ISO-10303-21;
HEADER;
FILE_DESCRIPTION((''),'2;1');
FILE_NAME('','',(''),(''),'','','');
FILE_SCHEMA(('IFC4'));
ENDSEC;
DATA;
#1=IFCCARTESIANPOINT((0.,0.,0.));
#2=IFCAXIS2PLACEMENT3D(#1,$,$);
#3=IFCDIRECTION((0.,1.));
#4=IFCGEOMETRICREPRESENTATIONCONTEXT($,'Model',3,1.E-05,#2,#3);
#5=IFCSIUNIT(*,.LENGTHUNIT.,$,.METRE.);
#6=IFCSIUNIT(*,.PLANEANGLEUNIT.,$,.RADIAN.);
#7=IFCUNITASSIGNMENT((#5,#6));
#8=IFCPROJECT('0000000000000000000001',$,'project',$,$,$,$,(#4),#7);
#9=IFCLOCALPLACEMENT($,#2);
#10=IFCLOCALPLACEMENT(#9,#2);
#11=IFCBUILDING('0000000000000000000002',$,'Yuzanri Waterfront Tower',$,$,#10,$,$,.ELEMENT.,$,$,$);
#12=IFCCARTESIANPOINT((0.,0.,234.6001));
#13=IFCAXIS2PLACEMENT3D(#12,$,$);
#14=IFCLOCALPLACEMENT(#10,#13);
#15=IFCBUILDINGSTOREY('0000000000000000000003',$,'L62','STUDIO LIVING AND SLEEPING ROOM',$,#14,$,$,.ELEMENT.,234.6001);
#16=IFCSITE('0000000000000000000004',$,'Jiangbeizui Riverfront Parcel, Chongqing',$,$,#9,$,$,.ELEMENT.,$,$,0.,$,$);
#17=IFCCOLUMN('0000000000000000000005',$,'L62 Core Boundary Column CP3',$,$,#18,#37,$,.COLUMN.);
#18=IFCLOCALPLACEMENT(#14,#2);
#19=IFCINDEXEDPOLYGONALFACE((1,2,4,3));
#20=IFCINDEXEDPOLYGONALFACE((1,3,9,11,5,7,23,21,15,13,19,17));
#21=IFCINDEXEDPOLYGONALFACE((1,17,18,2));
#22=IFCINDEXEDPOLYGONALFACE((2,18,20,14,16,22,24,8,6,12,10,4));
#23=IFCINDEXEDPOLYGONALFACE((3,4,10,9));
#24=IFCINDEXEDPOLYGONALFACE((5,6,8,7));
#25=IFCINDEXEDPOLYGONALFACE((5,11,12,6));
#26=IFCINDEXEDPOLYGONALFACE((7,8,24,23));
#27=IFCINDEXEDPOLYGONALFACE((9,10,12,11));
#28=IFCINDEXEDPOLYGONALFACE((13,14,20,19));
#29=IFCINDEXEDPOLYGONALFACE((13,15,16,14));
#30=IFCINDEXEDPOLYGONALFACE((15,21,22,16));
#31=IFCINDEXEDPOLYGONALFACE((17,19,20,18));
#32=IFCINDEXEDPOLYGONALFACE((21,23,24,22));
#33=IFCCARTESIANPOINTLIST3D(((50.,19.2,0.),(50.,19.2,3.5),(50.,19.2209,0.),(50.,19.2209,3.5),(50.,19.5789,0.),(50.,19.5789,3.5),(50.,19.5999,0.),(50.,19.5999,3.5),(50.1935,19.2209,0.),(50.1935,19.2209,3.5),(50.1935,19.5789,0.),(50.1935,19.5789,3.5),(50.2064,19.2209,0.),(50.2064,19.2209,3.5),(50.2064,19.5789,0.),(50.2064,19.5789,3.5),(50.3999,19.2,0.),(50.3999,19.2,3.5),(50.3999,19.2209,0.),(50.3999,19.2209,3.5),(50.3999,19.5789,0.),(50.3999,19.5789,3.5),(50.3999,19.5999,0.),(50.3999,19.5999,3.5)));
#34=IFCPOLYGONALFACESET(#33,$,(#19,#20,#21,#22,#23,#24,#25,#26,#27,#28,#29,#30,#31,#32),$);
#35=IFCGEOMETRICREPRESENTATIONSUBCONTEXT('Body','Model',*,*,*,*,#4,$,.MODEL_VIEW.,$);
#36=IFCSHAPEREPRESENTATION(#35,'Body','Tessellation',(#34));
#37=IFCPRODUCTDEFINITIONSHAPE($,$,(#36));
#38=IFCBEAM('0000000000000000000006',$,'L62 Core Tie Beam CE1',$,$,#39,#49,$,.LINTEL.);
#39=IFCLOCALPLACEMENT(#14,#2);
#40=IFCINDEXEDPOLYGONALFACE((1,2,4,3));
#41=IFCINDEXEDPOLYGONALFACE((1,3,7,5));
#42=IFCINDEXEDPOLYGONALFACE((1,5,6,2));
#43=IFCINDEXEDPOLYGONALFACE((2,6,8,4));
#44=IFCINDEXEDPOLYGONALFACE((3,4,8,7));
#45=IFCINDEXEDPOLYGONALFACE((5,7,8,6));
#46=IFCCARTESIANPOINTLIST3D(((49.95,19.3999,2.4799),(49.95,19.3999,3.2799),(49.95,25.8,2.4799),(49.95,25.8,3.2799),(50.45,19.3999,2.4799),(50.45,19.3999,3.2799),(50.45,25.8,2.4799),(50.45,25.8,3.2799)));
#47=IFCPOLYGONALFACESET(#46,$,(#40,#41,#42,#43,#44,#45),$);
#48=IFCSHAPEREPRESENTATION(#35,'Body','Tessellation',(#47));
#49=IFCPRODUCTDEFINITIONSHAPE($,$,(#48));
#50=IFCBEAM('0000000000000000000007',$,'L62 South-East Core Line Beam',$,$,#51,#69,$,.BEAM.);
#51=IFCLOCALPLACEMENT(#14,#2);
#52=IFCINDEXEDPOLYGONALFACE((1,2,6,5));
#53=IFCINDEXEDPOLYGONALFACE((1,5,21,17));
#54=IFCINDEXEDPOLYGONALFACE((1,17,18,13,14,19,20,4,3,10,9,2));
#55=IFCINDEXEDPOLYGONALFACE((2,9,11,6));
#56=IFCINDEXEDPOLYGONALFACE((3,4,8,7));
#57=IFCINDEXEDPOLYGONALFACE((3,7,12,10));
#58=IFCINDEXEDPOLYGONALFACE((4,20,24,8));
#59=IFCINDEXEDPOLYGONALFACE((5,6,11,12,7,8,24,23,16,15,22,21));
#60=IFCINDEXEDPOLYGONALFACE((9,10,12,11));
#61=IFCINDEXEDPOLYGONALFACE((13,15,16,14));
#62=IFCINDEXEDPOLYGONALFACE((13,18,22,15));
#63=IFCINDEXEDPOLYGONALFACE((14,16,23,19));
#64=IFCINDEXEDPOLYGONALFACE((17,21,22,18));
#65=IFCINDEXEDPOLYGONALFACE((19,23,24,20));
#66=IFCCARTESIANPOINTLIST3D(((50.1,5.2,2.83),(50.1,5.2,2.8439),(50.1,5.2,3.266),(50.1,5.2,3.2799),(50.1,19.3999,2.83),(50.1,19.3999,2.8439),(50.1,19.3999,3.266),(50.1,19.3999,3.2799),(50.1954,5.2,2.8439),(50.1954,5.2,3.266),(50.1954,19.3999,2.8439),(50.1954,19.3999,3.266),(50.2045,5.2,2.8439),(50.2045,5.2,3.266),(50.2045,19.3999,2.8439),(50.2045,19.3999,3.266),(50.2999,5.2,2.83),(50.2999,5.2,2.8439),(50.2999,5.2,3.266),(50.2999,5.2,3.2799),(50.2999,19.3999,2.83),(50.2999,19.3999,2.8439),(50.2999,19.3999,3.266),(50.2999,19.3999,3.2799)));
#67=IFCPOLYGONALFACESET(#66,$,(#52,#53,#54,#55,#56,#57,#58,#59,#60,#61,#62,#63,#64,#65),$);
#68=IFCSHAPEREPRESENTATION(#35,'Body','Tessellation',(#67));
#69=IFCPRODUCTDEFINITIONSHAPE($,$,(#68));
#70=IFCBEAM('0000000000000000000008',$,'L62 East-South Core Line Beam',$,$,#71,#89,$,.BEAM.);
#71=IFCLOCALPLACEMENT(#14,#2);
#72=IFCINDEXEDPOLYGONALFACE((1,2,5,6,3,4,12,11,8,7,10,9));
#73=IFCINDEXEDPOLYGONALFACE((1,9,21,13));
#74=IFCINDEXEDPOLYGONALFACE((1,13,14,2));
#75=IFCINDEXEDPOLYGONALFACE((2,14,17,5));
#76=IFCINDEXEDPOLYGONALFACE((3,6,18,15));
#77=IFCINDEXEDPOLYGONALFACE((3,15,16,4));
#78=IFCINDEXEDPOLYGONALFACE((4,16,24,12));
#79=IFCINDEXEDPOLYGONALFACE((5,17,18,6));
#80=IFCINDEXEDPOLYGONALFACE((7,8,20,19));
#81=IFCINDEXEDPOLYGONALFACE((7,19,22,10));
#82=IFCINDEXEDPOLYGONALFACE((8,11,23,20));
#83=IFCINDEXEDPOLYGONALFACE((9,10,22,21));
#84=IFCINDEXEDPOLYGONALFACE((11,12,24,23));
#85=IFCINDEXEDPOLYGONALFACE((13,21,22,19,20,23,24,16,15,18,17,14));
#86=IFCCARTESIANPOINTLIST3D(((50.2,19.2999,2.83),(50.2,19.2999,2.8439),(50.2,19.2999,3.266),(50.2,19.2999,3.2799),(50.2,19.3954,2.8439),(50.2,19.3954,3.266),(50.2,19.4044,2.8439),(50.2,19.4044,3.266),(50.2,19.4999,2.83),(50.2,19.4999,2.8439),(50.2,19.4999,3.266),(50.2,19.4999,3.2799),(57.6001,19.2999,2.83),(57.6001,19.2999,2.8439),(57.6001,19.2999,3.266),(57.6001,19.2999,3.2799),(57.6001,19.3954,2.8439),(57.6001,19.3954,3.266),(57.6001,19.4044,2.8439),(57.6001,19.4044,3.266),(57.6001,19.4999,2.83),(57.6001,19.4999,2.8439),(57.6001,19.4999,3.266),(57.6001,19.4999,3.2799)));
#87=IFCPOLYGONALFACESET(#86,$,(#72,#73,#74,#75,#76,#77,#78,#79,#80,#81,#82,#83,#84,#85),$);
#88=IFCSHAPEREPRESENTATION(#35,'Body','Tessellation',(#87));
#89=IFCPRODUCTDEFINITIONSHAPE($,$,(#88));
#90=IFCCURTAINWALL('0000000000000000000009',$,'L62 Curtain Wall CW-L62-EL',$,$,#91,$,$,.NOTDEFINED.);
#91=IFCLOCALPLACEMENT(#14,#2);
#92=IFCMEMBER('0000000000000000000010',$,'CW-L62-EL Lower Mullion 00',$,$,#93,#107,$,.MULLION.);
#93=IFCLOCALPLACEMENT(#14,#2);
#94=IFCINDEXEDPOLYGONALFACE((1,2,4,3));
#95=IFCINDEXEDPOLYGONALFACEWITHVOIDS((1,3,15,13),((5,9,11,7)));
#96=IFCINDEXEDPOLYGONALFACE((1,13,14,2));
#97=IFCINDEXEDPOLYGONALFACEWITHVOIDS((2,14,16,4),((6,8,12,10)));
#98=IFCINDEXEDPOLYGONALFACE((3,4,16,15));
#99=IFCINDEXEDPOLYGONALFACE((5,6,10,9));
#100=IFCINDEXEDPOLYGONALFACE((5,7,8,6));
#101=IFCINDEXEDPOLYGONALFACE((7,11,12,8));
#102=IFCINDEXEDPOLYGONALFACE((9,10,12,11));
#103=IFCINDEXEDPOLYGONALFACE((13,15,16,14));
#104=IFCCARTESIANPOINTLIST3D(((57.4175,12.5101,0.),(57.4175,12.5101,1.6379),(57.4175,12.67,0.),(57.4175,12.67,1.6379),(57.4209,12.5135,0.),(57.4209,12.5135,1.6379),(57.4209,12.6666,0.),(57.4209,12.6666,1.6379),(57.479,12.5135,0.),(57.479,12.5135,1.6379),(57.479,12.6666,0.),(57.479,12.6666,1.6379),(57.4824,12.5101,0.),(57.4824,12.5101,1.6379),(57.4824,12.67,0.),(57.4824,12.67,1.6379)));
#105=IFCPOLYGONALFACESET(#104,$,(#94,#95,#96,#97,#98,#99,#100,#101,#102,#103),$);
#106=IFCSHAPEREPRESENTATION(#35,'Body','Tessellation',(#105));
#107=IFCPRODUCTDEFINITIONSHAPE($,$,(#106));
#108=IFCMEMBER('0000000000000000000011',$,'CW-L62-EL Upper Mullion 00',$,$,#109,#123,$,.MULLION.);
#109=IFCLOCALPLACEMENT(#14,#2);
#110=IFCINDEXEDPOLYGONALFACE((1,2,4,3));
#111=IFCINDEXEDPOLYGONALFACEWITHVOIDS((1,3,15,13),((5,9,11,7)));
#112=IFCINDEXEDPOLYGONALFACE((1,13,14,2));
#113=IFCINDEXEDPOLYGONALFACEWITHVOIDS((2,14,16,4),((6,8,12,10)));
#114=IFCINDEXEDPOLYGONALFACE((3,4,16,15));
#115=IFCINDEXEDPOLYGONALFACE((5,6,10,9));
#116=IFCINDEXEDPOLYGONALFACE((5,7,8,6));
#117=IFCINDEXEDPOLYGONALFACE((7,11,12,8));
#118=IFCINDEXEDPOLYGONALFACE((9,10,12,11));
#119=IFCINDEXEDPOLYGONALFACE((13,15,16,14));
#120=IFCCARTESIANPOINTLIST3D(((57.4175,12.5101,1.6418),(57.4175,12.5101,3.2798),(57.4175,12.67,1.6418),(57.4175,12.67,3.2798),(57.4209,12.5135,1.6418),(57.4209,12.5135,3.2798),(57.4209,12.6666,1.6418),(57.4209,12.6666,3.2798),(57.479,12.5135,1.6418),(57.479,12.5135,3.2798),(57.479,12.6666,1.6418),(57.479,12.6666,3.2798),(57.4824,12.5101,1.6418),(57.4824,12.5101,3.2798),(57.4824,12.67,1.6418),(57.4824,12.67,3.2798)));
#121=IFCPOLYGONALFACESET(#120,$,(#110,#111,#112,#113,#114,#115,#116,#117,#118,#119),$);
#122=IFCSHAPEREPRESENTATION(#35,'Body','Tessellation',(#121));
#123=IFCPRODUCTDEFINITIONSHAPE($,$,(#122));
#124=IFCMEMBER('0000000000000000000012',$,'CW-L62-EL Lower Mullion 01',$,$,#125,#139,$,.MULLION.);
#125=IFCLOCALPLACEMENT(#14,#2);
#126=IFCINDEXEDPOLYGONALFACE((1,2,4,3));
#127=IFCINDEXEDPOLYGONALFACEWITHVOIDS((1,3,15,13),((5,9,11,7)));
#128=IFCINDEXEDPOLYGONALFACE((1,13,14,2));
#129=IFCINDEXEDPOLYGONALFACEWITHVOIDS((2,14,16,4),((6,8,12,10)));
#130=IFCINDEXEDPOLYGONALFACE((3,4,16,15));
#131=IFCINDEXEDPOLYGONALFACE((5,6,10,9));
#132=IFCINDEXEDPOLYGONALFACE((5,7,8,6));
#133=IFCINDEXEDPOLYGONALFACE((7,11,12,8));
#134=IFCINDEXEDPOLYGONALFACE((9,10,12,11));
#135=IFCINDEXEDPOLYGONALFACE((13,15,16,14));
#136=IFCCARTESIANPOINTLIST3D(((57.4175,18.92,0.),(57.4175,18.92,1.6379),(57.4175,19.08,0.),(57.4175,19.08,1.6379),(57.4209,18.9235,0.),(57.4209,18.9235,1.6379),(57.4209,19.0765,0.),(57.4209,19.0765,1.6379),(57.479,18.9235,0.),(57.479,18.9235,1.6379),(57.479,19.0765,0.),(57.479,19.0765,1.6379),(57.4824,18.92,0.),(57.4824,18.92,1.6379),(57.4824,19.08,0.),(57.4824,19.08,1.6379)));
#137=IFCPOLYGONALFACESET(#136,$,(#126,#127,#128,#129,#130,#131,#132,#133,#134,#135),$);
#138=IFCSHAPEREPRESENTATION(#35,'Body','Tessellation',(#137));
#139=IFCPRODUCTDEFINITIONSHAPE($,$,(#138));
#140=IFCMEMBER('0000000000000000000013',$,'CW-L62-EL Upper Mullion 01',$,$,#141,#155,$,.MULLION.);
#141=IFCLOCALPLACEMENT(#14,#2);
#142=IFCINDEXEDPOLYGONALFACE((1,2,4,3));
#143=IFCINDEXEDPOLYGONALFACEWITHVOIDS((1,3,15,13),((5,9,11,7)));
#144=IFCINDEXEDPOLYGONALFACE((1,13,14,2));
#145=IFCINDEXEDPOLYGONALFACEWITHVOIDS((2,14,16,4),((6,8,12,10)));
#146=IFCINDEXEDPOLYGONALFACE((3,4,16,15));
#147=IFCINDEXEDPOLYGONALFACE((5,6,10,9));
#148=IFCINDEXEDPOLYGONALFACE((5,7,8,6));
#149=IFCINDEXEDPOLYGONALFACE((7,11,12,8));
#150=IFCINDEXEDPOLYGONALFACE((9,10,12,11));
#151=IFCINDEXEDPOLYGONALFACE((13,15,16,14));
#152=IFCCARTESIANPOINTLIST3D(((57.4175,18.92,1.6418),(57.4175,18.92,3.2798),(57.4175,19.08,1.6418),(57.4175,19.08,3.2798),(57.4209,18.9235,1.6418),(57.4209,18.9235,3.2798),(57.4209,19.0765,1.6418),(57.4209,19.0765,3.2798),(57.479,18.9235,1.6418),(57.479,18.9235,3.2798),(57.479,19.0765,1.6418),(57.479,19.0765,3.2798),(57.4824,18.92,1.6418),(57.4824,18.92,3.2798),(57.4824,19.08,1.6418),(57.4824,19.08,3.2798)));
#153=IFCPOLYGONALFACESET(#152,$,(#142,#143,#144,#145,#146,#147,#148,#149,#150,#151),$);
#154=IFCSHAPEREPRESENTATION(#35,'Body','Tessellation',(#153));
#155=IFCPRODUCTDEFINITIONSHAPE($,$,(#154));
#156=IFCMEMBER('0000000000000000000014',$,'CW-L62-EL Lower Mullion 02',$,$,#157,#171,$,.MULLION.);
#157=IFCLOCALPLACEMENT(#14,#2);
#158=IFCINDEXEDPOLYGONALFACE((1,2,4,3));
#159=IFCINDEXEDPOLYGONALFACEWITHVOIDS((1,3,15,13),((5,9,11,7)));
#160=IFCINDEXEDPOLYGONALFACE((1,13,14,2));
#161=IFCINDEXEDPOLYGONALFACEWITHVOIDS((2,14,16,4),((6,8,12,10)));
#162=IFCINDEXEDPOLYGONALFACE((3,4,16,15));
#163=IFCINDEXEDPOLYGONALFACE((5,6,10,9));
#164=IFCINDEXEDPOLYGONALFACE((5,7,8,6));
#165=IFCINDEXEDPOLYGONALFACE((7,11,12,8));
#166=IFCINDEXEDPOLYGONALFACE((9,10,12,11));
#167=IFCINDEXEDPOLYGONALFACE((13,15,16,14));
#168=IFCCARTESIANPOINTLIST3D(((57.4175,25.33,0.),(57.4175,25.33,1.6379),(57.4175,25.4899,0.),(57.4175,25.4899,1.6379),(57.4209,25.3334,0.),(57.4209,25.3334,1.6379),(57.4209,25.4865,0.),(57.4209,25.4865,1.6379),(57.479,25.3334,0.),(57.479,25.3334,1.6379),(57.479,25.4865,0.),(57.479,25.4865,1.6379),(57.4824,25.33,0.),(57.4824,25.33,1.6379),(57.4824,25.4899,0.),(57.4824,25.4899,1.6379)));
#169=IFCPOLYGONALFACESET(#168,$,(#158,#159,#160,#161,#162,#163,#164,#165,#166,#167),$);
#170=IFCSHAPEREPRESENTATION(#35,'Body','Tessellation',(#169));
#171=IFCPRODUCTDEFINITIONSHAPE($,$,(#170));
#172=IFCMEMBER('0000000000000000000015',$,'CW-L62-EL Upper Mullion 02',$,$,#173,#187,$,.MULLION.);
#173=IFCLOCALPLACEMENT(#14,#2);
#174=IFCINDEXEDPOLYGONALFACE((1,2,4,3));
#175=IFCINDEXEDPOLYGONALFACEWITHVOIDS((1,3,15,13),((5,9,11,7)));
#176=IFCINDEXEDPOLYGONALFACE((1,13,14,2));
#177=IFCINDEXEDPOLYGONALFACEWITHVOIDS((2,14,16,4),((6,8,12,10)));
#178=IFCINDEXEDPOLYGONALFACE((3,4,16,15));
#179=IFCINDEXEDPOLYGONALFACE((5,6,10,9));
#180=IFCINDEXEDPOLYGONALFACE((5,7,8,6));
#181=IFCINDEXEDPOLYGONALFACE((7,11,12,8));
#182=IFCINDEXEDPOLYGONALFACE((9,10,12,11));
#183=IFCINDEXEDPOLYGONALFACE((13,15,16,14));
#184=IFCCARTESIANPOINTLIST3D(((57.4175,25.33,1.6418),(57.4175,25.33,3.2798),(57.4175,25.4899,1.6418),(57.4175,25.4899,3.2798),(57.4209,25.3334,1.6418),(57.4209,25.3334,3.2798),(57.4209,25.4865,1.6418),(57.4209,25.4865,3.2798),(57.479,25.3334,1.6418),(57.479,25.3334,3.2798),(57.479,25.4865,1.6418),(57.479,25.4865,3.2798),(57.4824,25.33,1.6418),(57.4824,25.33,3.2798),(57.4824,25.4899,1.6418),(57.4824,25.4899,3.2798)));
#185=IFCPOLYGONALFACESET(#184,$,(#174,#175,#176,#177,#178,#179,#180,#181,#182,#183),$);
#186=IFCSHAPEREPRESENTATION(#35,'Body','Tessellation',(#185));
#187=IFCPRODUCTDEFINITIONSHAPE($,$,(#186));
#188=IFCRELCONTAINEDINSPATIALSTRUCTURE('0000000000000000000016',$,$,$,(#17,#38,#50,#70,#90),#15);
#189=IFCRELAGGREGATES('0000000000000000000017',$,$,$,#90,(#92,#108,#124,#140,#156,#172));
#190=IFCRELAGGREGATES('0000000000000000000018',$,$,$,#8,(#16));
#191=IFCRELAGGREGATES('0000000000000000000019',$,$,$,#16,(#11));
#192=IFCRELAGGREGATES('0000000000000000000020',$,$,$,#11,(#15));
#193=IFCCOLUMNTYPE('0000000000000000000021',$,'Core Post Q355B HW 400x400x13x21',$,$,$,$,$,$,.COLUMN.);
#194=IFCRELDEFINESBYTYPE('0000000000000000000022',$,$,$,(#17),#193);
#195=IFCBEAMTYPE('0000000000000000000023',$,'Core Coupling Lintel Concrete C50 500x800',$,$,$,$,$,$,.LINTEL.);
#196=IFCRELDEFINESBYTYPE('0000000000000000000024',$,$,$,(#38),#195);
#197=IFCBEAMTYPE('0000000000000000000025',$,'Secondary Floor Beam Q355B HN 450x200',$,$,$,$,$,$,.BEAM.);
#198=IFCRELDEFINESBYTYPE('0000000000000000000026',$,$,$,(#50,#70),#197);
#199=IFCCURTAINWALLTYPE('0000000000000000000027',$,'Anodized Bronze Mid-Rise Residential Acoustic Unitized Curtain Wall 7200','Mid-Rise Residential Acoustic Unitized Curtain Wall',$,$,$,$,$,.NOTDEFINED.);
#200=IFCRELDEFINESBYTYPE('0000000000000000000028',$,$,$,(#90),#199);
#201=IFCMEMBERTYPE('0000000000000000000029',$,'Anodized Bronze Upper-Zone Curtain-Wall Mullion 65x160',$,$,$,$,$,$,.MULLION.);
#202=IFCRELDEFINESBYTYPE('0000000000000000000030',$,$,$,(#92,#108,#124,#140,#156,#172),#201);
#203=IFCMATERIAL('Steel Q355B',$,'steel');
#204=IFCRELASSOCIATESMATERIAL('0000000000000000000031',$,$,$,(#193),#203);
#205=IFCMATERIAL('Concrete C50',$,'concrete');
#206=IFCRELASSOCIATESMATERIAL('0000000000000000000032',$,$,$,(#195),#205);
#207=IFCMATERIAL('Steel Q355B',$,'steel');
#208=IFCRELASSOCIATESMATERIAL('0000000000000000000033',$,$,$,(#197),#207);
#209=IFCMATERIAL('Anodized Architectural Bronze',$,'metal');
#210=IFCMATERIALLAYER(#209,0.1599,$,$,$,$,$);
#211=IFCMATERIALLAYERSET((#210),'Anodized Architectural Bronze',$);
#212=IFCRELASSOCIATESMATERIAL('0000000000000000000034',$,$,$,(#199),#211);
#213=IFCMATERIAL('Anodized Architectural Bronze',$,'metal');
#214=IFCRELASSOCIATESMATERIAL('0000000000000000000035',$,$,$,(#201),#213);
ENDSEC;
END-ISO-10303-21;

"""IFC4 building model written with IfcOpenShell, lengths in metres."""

from ifc_helpers import new_model, si_unit, direction, frame, origin, origin_2d, place, context, subcontext, project, spatial, rectangle, hollow_rectangle, i_section, extrude, source, transform, mapped, material, layer, layer_set, material_profile, profile_set, type_object, element, aggregate, save


model = new_model("IFC4")

# Units and contexts
model_context = context("Model", 3, precision=1e-05, world=origin(), true_north=direction((0.0, 1.0)))
body_context = subcontext(model_context, "Body", "Model", "MODEL_VIEW")
ifc_project = project(units=[si_unit("LENGTHUNIT", "METRE"), si_unit("PLANEANGLEUNIT", "RADIAN")], contexts=[model_context])

# Site, building, storey
site_placement = place(None, origin())
site = spatial("IfcSite", under=ifc_project, at=site_placement, Name="Jiangbeizui Riverfront Parcel, Chongqing", CompositionType="ELEMENT", RefElevation=0.0)
building_placement = place(site_placement, origin())
building = spatial("IfcBuilding", under=site, at=building_placement, Name="Yuzanri Waterfront Tower", CompositionType="ELEMENT")
storey_placement = place(building_placement, frame((0.0, 0.0, 234.6001)))
storey = spatial("IfcBuildingStorey", under=building, at=storey_placement, Name="L62", Description="STUDIO LIVING AND SLEEPING ROOM", CompositionType="ELEMENT", Elevation=234.6001)

# Column
ifc_material_1 = material(Name="Steel Q355B", Category="steel")
ifc_material_profile_1 = material_profile(ifc_material_1, i_section(OverallWidth=0.3999, OverallDepth=0.3999, WebThickness=0.0129, FlangeThickness=0.021, at=origin_2d()), Name="HW 400x400x13x21")
ifc_profile_set_1 = profile_set([ifc_material_profile_1], Name="Steel Q355B")
column_type = type_object("IfcColumnType", Name="Core Post Q355B HW 400x400x13x21", PredefinedType="COLUMN", material=ifc_profile_set_1)
shared_shape_1 = source(origin(), body_context, "Body", "SweptSolid", [
    extrude(i_section(OverallWidth=0.3999, OverallDepth=0.3999, WebThickness=0.0129, FlangeThickness=0.021, at=origin_2d()), origin(), (0.0, 0.0, 1.0), 3.5),
])
column_placement = place(storey_placement, frame((50.2, 19.3999, 0.0), z_axis=(0.0, 0.0, 1.0), x_axis=(1.0, 0.0, 0.0)))
element("IfcColumn", 1, at=column_placement, inside=storey, type_object=column_type, Name="L62 Core Boundary Column CP3", PredefinedType="COLUMN", context=body_context, shape_type="MappedRepresentation", body=[
    mapped(shared_shape_1, transform((0.0, 0.0, 0.0), scale=1.0)),
])

# Beams
ifc_material_2 = material(Name="Concrete C50", Category="concrete")
ifc_material_profile_2 = material_profile(ifc_material_2, rectangle(XDim=0.5, YDim=0.8, at=origin_2d()), Name="RC 500x800")
ifc_profile_set_2 = profile_set([ifc_material_profile_2], Name="Concrete C50")
beam_type_1 = type_object("IfcBeamType", Name="Core Coupling Lintel Concrete C50 500x800", PredefinedType="LINTEL", material=ifc_profile_set_2)
shared_shape_2 = source(origin(), body_context, "Body", "SweptSolid", [
    extrude(rectangle(XDim=0.5, YDim=0.8, at=origin_2d()), origin(), (0.0, 0.0, 1.0), 6.4001),
])
beam_1_placement = place(storey_placement, frame((50.2, 19.3999, 2.8799), z_axis=(0.0, 1.0, 0.0), x_axis=(-1.0, 0.0, 0.0)))
element("IfcBeam", 2, at=beam_1_placement, inside=storey, type_object=beam_type_1, Name="L62 Core Tie Beam CE1", PredefinedType="LINTEL", context=body_context, shape_type="MappedRepresentation", body=[
    mapped(shared_shape_2, transform((0.0, 0.0, 0.0), scale=1.0)),
])
ifc_material_3 = material(Name="Steel Q355B", Category="steel")
ifc_material_profile_3 = material_profile(ifc_material_3, i_section(OverallWidth=0.2, OverallDepth=0.45, WebThickness=0.009, FlangeThickness=0.0139, at=origin_2d()), Name="HN 450x200x9x14")
ifc_profile_set_3 = profile_set([ifc_material_profile_3], Name="Steel Q355B")
beam_type_2 = type_object("IfcBeamType", Name="Secondary Floor Beam Q355B HN 450x200", PredefinedType="BEAM", material=ifc_profile_set_3)
shared_shape_3 = source(origin(), body_context, "Body", "SweptSolid", [
    extrude(i_section(OverallWidth=0.2, OverallDepth=0.45, WebThickness=0.009, FlangeThickness=0.0139, at=origin_2d()), origin(), (0.0, 0.0, 1.0), 14.2),
])
beam_2_placement = place(storey_placement, frame((50.2, 19.3999, 3.0549), z_axis=(0.0, -1.0, 0.0), x_axis=(1.0, 0.0, 0.0)))
element("IfcBeam", 3, at=beam_2_placement, inside=storey, type_object=beam_type_2, Name="L62 South-East Core Line Beam", PredefinedType="BEAM", context=body_context, shape_type="MappedRepresentation", body=[
    mapped(shared_shape_3, transform((0.0, 0.0, 0.0), scale=1.0)),
])
shared_shape_4 = source(origin(), body_context, "Body", "SweptSolid", [
    extrude(i_section(OverallWidth=0.2, OverallDepth=0.45, WebThickness=0.009, FlangeThickness=0.0139, at=origin_2d()), origin(), (0.0, 0.0, 1.0), 7.4001),
])
beam_3_placement = place(storey_placement, frame((50.2, 19.3999, 3.0549), z_axis=(1.0, 0.0, 0.0), x_axis=(0.0, 1.0, 0.0)))
element("IfcBeam", 4, at=beam_3_placement, inside=storey, type_object=beam_type_2, Name="L62 East-South Core Line Beam", PredefinedType="BEAM", context=body_context, shape_type="MappedRepresentation", body=[
    mapped(shared_shape_4, transform((0.0, 0.0, 0.0), scale=1.0)),
])

# Curtain wall, members
ifc_material_4 = material(Name="Anodized Architectural Bronze", Category="metal")
ifc_layer_1 = layer(ifc_material_4, 0.1599)
ifc_layer_set_1 = layer_set([ifc_layer_1], Name="Anodized Architectural Bronze")
curtain_wall_type = type_object("IfcCurtainWallType", Name="Anodized Bronze Mid-Rise Residential Acoustic Unitized Curtain Wall 7200", Description="Mid-Rise Residential Acoustic Unitized Curtain Wall", PredefinedType="NOTDEFINED", material=ifc_layer_set_1)
curtain_wall_placement = place(storey_placement, origin())
curtain_wall = element("IfcCurtainWall", 5, at=curtain_wall_placement, inside=storey, type_object=curtain_wall_type, Name="L62 Curtain Wall CW-L62-EL", PredefinedType="NOTDEFINED")
ifc_material_5 = material(Name="Anodized Architectural Bronze", Category="metal")
ifc_material_profile_4 = material_profile(ifc_material_5, hollow_rectangle(XDim=0.0649, YDim=0.1599, WallThickness=0.0034, at=origin_2d()), Name="CWM 65x160")
ifc_profile_set_4 = profile_set([ifc_material_profile_4], Name="Anodized Architectural Bronze")
member_type = type_object("IfcMemberType", Name="Anodized Bronze Upper-Zone Curtain-Wall Mullion 65x160", PredefinedType="MULLION", material=ifc_profile_set_4)
shared_shape_5 = source(origin(), body_context, "Body", "SweptSolid", [
    extrude(hollow_rectangle(XDim=0.0649, YDim=0.1599, WallThickness=0.0034, at=origin_2d()), origin(), (0.0, 0.0, 1.0), 1.6379),
])
member_1_placement = place(storey_placement, frame((57.45, 12.5901, 0.0), z_axis=(0.0, 0.0, 1.0), x_axis=(1.0, 0.0, 0.0)))
member_1 = element("IfcMember", 6, at=member_1_placement, type_object=member_type, Name="CW-L62-EL Lower Mullion 00", PredefinedType="MULLION", context=body_context, shape_type="MappedRepresentation", body=[
    mapped(shared_shape_5, transform((0.0, 0.0, 0.0), scale=1.0)),
])
member_2_placement = place(storey_placement, frame((57.45, 12.5901, 1.6418), z_axis=(0.0, 0.0, 1.0), x_axis=(1.0, 0.0, 0.0)))
member_2 = element("IfcMember", 7, at=member_2_placement, type_object=member_type, Name="CW-L62-EL Upper Mullion 00", PredefinedType="MULLION", context=body_context, shape_type="MappedRepresentation", body=[
    mapped(shared_shape_5, transform((0.0, 0.0, 0.0), scale=1.0)),
])
member_3_placement = place(storey_placement, frame((57.45, 19.0, 0.0), z_axis=(0.0, 0.0, 1.0), x_axis=(1.0, 0.0, 0.0)))
member_3 = element("IfcMember", 8, at=member_3_placement, type_object=member_type, Name="CW-L62-EL Lower Mullion 01", PredefinedType="MULLION", context=body_context, shape_type="MappedRepresentation", body=[
    mapped(shared_shape_5, transform((0.0, 0.0, 0.0), scale=1.0)),
])
member_4_placement = place(storey_placement, frame((57.45, 19.0, 1.6418), z_axis=(0.0, 0.0, 1.0), x_axis=(1.0, 0.0, 0.0)))
member_4 = element("IfcMember", 9, at=member_4_placement, type_object=member_type, Name="CW-L62-EL Upper Mullion 01", PredefinedType="MULLION", context=body_context, shape_type="MappedRepresentation", body=[
    mapped(shared_shape_5, transform((0.0, 0.0, 0.0), scale=1.0)),
])
member_5_placement = place(storey_placement, frame((57.45, 25.4099, 0.0), z_axis=(0.0, 0.0, 1.0), x_axis=(1.0, 0.0, 0.0)))
member_5 = element("IfcMember", 10, at=member_5_placement, type_object=member_type, Name="CW-L62-EL Lower Mullion 02", PredefinedType="MULLION", context=body_context, shape_type="MappedRepresentation", body=[
    mapped(shared_shape_5, transform((0.0, 0.0, 0.0), scale=1.0)),
])
member_6_placement = place(storey_placement, frame((57.45, 25.4099, 1.6418), z_axis=(0.0, 0.0, 1.0), x_axis=(1.0, 0.0, 0.0)))
member_6 = element("IfcMember", 11, at=member_6_placement, type_object=member_type, Name="CW-L62-EL Upper Mullion 02", PredefinedType="MULLION", context=body_context, shape_type="MappedRepresentation", body=[
    mapped(shared_shape_5, transform((0.0, 0.0, 0.0), scale=1.0)),
])
aggregate(curtain_wall, [member_1, member_2, member_3, member_4, member_5, member_6])

save(model, "model.ifc")
